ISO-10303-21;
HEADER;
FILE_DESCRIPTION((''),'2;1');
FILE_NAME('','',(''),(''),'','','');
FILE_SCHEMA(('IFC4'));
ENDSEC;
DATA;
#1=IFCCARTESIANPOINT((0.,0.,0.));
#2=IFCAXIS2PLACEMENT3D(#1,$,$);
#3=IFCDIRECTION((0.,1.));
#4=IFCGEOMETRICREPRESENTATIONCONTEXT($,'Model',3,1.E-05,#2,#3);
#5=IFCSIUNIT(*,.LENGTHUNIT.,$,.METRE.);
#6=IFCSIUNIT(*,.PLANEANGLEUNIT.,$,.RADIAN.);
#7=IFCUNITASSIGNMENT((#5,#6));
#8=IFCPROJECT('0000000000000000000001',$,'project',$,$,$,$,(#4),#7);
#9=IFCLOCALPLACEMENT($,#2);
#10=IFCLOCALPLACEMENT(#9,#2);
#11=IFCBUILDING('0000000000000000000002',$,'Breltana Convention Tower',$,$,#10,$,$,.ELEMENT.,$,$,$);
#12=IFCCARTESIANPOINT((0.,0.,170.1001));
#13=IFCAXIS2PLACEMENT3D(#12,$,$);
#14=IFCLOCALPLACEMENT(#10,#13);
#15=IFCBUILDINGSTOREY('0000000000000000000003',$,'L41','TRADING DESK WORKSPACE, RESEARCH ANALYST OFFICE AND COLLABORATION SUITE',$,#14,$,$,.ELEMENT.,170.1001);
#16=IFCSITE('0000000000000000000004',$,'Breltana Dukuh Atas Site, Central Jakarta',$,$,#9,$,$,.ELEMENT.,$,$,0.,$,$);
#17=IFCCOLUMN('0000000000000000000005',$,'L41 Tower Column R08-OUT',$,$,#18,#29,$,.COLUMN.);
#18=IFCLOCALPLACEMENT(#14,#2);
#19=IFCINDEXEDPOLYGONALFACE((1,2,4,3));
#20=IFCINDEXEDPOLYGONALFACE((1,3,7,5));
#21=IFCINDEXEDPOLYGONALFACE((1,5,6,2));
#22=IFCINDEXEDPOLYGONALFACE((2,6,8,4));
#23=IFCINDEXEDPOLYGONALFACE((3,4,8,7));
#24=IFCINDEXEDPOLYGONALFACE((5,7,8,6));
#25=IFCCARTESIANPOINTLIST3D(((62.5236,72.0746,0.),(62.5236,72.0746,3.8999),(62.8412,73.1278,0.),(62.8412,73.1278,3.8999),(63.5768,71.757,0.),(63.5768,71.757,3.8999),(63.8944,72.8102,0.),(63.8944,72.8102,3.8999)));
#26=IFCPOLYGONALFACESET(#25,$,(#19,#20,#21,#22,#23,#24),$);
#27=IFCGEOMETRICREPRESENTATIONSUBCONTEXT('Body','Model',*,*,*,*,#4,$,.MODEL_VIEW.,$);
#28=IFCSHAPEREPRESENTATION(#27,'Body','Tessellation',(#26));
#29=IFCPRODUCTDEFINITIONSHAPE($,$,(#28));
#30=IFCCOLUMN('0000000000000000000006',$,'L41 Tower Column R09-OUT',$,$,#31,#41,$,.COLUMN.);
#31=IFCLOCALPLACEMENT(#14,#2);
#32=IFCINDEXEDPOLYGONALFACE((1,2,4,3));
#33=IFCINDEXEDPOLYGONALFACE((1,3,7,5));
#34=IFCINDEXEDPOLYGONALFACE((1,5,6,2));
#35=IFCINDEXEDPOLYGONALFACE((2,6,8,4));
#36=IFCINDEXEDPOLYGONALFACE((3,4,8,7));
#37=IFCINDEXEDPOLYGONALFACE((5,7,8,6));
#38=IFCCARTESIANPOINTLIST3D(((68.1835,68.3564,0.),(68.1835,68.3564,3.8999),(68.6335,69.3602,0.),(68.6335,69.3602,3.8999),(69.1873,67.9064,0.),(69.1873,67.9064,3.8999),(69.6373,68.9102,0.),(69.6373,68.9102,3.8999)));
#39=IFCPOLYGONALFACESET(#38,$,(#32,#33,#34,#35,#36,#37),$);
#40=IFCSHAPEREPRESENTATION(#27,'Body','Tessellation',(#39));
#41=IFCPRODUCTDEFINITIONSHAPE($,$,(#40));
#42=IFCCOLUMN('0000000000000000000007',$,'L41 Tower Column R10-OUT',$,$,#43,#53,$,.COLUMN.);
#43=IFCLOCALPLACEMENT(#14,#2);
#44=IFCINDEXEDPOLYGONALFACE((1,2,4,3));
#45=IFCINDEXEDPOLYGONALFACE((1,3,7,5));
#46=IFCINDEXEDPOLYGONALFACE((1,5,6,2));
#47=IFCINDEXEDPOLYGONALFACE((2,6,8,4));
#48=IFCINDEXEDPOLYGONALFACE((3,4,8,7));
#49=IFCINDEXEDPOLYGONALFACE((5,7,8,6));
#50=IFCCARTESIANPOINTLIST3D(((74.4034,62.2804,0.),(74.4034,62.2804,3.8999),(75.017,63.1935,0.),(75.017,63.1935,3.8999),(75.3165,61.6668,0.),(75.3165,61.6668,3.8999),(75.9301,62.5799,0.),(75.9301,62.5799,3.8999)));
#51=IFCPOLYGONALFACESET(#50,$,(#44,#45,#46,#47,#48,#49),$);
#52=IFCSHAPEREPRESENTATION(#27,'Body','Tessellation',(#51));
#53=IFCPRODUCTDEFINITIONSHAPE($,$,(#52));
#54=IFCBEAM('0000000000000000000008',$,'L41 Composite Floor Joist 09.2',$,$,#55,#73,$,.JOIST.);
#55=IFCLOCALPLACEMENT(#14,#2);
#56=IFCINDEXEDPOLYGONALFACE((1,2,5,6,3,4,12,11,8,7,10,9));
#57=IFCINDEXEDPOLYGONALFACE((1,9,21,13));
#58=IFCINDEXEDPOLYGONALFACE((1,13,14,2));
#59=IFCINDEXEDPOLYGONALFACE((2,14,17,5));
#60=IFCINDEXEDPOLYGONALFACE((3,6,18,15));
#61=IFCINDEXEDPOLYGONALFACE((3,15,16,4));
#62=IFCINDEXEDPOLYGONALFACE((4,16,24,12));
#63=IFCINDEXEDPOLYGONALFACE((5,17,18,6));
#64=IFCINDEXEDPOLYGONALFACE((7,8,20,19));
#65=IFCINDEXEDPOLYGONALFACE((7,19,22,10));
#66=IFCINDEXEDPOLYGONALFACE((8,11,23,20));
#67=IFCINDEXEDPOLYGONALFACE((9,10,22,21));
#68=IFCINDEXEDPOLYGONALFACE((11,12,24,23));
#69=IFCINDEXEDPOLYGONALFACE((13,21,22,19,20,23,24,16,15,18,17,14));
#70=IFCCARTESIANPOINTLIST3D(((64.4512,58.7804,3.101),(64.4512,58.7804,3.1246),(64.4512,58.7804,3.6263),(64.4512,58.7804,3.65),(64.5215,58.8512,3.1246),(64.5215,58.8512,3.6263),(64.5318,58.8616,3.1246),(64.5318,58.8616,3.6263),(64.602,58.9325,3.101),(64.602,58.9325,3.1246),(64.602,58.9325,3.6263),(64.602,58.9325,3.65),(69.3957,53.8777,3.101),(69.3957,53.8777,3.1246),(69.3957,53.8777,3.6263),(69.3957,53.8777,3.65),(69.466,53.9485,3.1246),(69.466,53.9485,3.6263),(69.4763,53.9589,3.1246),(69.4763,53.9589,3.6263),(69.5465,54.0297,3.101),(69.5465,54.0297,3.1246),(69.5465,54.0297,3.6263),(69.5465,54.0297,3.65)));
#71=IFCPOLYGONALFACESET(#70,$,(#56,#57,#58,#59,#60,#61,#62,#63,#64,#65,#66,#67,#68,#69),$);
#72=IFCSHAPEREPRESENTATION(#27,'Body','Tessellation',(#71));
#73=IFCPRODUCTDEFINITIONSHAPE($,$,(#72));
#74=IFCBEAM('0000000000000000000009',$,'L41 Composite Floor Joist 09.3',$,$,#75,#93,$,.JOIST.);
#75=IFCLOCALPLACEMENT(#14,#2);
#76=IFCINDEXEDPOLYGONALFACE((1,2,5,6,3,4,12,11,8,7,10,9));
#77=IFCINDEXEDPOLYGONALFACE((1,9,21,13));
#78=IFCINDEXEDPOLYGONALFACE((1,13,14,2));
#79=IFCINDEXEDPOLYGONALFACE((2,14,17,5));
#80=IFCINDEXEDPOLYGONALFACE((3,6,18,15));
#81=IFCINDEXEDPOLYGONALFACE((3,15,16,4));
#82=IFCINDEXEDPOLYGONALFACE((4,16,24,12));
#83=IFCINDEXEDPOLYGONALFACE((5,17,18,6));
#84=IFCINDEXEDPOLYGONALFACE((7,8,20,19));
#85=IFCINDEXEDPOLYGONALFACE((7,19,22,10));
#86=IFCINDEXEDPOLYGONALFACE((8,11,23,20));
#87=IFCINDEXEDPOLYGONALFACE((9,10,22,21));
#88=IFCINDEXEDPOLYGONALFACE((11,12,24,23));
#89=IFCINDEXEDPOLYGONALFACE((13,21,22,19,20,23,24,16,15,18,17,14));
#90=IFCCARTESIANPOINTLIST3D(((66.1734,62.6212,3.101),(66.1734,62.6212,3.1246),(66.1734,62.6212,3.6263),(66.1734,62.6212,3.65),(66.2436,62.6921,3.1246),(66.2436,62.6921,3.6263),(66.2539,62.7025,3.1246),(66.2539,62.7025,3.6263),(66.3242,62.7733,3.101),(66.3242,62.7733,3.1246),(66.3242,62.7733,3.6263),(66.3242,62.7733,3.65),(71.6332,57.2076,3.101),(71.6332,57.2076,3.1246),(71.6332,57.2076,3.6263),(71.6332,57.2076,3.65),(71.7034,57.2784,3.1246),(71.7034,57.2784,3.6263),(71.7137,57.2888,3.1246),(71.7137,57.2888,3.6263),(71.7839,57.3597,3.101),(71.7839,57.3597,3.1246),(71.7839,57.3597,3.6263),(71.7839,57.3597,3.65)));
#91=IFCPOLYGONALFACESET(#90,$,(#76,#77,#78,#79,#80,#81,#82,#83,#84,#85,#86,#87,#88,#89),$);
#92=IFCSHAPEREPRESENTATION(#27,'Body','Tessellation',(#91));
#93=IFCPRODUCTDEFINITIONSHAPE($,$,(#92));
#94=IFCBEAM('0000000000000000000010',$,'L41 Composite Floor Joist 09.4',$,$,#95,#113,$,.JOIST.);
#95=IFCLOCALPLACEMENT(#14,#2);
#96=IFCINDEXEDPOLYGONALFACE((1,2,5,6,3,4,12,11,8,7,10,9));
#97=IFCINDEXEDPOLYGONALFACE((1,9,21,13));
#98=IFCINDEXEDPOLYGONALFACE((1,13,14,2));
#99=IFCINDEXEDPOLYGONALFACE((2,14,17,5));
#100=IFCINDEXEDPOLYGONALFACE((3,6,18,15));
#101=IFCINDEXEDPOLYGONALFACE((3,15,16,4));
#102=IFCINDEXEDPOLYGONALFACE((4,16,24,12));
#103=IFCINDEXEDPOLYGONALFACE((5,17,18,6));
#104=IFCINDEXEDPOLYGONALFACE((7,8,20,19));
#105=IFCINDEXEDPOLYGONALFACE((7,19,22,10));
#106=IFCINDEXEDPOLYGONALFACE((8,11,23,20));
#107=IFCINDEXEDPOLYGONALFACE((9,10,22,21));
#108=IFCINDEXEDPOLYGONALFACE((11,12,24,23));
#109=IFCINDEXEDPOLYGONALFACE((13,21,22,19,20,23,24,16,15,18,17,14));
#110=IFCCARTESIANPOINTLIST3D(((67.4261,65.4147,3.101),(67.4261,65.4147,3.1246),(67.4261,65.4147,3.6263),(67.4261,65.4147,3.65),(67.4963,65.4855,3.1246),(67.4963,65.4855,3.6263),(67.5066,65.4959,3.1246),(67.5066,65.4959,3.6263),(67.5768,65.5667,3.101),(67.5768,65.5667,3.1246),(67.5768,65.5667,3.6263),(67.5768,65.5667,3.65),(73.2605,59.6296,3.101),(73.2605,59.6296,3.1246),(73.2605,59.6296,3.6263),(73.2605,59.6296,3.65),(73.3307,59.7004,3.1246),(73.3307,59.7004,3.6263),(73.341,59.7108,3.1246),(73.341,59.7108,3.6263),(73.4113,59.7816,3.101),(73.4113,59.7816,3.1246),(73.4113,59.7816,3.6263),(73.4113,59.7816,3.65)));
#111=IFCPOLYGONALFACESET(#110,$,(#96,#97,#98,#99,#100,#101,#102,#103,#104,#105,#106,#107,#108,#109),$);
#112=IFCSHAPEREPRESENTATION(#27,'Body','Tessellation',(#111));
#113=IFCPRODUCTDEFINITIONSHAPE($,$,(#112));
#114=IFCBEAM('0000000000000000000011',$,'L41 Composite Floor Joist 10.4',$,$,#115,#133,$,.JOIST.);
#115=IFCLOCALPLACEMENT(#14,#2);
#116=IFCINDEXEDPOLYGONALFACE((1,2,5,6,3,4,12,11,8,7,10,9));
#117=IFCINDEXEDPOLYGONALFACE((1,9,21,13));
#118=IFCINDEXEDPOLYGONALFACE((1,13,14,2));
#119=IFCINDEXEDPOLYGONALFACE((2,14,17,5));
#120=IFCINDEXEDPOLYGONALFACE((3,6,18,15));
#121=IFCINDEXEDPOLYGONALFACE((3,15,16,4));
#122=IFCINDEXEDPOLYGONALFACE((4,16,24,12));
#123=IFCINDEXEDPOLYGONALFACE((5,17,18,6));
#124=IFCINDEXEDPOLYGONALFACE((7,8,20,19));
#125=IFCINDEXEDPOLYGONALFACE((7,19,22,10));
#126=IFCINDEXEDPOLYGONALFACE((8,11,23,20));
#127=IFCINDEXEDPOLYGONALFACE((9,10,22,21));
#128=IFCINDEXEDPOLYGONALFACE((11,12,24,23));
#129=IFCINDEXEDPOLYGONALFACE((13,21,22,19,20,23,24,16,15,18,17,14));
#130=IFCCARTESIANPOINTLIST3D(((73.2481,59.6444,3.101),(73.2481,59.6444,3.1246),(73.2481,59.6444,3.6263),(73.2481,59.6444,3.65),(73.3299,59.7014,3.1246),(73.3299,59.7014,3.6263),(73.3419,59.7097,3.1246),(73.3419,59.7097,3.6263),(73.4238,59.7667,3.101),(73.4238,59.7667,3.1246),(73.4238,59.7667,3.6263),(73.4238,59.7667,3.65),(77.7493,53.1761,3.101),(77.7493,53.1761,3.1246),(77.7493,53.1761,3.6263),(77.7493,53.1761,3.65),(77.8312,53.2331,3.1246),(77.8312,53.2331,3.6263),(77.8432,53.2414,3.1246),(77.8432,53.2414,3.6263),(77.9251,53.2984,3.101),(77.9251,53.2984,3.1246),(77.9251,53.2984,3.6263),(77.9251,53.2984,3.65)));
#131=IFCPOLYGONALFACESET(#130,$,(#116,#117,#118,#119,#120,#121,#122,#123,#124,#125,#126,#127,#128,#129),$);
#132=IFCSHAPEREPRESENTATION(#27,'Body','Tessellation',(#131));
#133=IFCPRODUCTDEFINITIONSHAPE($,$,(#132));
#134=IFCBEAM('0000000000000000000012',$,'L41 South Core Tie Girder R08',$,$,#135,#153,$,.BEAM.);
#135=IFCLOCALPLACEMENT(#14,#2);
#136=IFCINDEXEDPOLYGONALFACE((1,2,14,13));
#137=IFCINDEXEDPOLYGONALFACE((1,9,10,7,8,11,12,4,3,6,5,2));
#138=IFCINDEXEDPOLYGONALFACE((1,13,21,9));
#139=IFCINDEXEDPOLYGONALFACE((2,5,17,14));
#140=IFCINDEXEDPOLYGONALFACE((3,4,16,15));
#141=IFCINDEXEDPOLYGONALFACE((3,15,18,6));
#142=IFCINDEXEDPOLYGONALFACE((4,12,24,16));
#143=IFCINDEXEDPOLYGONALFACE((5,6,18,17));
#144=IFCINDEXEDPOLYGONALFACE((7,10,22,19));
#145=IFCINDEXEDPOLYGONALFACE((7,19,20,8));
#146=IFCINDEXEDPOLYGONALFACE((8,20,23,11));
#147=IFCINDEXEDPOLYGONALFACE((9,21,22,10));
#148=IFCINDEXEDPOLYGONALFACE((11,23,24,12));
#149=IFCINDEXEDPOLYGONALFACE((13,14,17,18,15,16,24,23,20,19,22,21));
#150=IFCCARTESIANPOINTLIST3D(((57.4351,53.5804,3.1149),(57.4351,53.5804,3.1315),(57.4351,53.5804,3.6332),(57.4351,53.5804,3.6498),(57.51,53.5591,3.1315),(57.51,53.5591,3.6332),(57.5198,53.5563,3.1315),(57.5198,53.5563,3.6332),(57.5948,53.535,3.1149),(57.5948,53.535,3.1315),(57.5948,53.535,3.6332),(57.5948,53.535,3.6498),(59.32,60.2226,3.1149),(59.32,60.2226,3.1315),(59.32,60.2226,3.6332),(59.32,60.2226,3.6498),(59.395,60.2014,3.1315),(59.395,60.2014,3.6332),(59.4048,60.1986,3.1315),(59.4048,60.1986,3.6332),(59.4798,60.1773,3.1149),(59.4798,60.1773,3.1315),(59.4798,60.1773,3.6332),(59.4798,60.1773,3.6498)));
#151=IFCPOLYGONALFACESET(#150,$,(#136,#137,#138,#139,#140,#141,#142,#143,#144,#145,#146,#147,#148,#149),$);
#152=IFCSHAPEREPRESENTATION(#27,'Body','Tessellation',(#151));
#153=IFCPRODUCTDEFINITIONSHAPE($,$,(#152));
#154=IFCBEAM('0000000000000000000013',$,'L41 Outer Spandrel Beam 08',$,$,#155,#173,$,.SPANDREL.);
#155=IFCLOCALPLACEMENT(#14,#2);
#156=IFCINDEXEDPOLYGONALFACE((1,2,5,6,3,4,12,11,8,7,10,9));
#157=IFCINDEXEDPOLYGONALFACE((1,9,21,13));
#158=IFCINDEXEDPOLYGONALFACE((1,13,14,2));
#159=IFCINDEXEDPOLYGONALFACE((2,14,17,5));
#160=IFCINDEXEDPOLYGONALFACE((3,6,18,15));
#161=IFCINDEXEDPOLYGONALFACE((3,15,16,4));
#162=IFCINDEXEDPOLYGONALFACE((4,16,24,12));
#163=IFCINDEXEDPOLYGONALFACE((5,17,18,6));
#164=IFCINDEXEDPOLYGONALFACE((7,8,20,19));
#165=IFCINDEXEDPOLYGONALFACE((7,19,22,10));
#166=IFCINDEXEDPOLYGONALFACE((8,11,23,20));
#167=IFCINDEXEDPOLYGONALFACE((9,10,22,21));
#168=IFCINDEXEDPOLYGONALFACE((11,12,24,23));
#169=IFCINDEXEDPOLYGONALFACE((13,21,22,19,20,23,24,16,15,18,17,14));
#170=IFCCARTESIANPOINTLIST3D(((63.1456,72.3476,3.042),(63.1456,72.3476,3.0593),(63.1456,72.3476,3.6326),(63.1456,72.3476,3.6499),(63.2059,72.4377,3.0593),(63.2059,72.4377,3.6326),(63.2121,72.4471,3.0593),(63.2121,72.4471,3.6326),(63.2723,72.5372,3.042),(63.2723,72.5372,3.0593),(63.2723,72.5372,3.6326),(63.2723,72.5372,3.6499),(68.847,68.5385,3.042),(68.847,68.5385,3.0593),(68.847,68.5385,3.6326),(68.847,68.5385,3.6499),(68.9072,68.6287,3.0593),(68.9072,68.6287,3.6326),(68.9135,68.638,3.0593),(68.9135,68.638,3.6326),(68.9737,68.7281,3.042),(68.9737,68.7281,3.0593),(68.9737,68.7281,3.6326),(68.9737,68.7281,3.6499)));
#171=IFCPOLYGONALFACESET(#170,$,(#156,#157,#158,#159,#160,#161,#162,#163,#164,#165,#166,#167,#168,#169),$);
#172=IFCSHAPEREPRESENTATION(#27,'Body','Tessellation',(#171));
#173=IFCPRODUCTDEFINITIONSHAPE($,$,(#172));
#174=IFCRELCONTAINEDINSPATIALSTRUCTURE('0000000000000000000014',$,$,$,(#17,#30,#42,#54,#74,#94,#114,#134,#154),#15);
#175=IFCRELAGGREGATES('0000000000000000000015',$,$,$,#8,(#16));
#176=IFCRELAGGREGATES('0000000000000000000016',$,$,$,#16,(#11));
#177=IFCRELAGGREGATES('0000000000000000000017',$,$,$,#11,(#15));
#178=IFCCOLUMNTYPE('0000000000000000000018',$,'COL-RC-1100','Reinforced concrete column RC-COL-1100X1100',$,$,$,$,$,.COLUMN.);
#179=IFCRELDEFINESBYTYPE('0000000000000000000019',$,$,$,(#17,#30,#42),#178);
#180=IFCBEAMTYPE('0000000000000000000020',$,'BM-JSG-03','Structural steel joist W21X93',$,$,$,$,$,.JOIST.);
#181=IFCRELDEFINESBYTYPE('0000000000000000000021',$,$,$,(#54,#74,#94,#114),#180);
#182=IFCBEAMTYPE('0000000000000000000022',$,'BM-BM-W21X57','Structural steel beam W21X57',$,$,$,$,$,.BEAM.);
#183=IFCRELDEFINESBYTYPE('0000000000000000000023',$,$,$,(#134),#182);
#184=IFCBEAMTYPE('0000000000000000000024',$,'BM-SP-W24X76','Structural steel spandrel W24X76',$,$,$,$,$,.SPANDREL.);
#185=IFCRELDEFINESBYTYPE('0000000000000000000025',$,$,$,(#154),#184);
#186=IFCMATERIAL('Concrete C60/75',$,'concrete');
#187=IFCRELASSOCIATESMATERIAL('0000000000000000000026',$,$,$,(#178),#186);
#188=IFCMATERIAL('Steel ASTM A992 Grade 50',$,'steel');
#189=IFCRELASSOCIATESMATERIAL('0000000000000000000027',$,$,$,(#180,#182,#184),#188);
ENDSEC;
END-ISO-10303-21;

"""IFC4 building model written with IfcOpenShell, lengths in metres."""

from ifc_helpers import new_model, si_unit, direction, frame, origin, origin_2d, place, context, subcontext, project, spatial, rectangle, i_section, extrude, source, transform, mapped, material, material_profile, profile_set, type_object, type_shapes, element, save


model = new_model("IFC4")

# Units and contexts
model_context = context("Model", 3, precision=1e-05, world=origin(), true_north=direction((0.0, 1.0)))
body_context = subcontext(model_context, "Body", "Model", "MODEL_VIEW")
ifc_project = project(units=[si_unit("LENGTHUNIT", "METRE"), si_unit("PLANEANGLEUNIT", "RADIAN")], contexts=[model_context])

# Site, building, storey
site_placement = place(None, origin())
site = spatial("IfcSite", under=ifc_project, at=site_placement, Name="Breltana Dukuh Atas Site, Central Jakarta", CompositionType="ELEMENT", RefElevation=0.0)
building_placement = place(site_placement, origin())
building = spatial("IfcBuilding", under=site, at=building_placement, Name="Breltana Convention Tower", CompositionType="ELEMENT")
storey_placement = place(building_placement, frame((0.0, 0.0, 170.1001)))
storey = spatial("IfcBuildingStorey", under=building, at=storey_placement, Name="L41", Description="TRADING DESK WORKSPACE, RESEARCH ANALYST OFFICE AND COLLABORATION SUITE", CompositionType="ELEMENT", Elevation=170.1001)

# Columns
ifc_material_1 = material(Name="Concrete C60/75", Category="concrete")
ifc_material_profile_1 = material_profile(ifc_material_1, rectangle(XDim=1.1001, YDim=1.1001, at=origin_2d()), Name="RC-COL-1100X1100")
ifc_profile_set_1 = profile_set([ifc_material_profile_1], Name="Concrete C60/75")
column_type = type_object("IfcColumnType", Name="COL-RC-1100", Description="Reinforced concrete column RC-COL-1100X1100", PredefinedType="COLUMN", material=ifc_profile_set_1)
shared_shape_1 = source(origin(), body_context, "Body", "SweptSolid", [
    extrude(rectangle(XDim=1.1001, YDim=1.1001, at=origin_2d()), origin(), (0.0, 0.0, 1.0), 3.8999),
])
for number, where, z_axis, x_axis, name in (
    (1, (63.209, 72.4424, 0.0), (0.0, 0.0, 1.0), (0.288698, 0.95742, 0.0), "L41 Tower Column R08-OUT"),
    (2, (68.9104, 68.6333, 0.0), (0.0, 0.0, 1.0), (0.409127, 0.912477, 0.0), "L41 Tower Column R09-OUT"),
    (3, (75.1667, 62.4302, 0.0), (0.0, 0.0, 1.0), (0.557745, 0.830012, 0.0), "L41 Tower Column R10-OUT"),
):
    element("IfcColumn", number, at=place(storey_placement, frame(where, z_axis=z_axis, x_axis=x_axis)), inside=storey, type_object=column_type, Name=name, PredefinedType="COLUMN", context=body_context, shape_type="MappedRepresentation", body=[
        mapped(shared_shape_1, transform((0.0, 0.0, 0.0), scale=1.0)),
    ])

# Beams
ifc_material_2 = material(Name="Steel ASTM A992 Grade 50", Category="steel")
ifc_material_profile_2 = material_profile(ifc_material_2, i_section(OverallWidth=0.2141, OverallDepth=0.5491, WebThickness=0.0146, FlangeThickness=0.0237, at=origin_2d()), Name="W21X93")
ifc_profile_set_2 = profile_set([ifc_material_profile_2], Name="Steel ASTM A992 Grade 50")
beam_type_1 = type_object("IfcBeamType", Name="BM-JSG-03", Description="Structural steel joist W21X93", PredefinedType="JOIST", material=ifc_profile_set_2)
shared_shape_2 = source(origin(), body_context, "Body", "SweptSolid", [
    extrude(i_section(OverallWidth=0.2141, OverallDepth=0.5491, WebThickness=0.0146, FlangeThickness=0.0237, at=origin_2d()), origin(), (0.0, 0.0, 1.0), 6.9631),
])
beam_1_placement = place(storey_placement, frame((64.5266, 58.8564, 3.3755), z_axis=(0.710098, -0.704103, 0.0), x_axis=(0.704103, 0.710098, 0.0)))
element("IfcBeam", 4, at=beam_1_placement, inside=storey, type_object=beam_type_1, Name="L41 Composite Floor Joist 09.2", PredefinedType="JOIST", context=body_context, shape_type="MappedRepresentation", body=[
    mapped(shared_shape_2, transform((0.0, 0.0, 0.0), scale=1.0)),
])
shared_shape_3 = source(origin(), body_context, "Body", "SweptSolid", [
    extrude(i_section(OverallWidth=0.2141, OverallDepth=0.5491, WebThickness=0.0146, FlangeThickness=0.0237, at=origin_2d()), origin(), (0.0, 0.0, 1.0), 7.6887),
])
beam_2_placement = place(storey_placement, frame((66.2488, 62.6973, 3.3755), z_axis=(0.710101, -0.7041, 0.0), x_axis=(0.7041, 0.710101, 0.0)))
element("IfcBeam", 5, at=beam_2_placement, inside=storey, type_object=beam_type_1, Name="L41 Composite Floor Joist 09.3", PredefinedType="JOIST", context=body_context, shape_type="MappedRepresentation", body=[
    mapped(shared_shape_3, transform((0.0, 0.0, 0.0), scale=1.0)),
])
shared_shape_4 = source(origin(), body_context, "Body", "SweptSolid", [
    extrude(i_section(OverallWidth=0.2141, OverallDepth=0.5491, WebThickness=0.0146, FlangeThickness=0.0237, at=origin_2d()), origin(), (0.0, 0.0, 1.0), 8.2163),
])
beam_3_placement = place(storey_placement, frame((67.5015, 65.4907, 3.3755), z_axis=(0.710102, -0.704099, 0.0), x_axis=(0.704099, 0.710102, 0.0)))
element("IfcBeam", 6, at=beam_3_placement, inside=storey, type_object=beam_type_1, Name="L41 Composite Floor Joist 09.4", PredefinedType="JOIST", context=body_context, shape_type="MappedRepresentation", body=[
    mapped(shared_shape_4, transform((0.0, 0.0, 0.0), scale=1.0)),
])
shared_shape_5 = source(origin(), body_context, "Body", "SweptSolid", [
    extrude(i_section(OverallWidth=0.2141, OverallDepth=0.5491, WebThickness=0.0146, FlangeThickness=0.0237, at=origin_2d()), origin(), (0.0, 0.0, 1.0), 7.8804),
])
beam_4_placement = place(storey_placement, frame((73.3359, 59.7056, 3.3755), z_axis=(0.571198, -0.820812, 0.0), x_axis=(0.820812, 0.571198, 0.0)))
element("IfcBeam", 7, at=beam_4_placement, inside=storey, type_object=beam_type_1, Name="L41 Composite Floor Joist 10.4", PredefinedType="JOIST", context=body_context, shape_type="MappedRepresentation", body=[
    mapped(shared_shape_5, transform((0.0, 0.0, 0.0), scale=1.0)),
])
ifc_material_profile_3 = material_profile(ifc_material_2, i_section(OverallWidth=0.166, OverallDepth=0.5349, WebThickness=0.0103, FlangeThickness=0.0166, at=origin_2d()), Name="W21X57")
ifc_profile_set_3 = profile_set([ifc_material_profile_3], Name="Steel ASTM A992 Grade 50")
beam_type_2 = type_object("IfcBeamType", Name="BM-BM-W21X57", Description="Structural steel beam W21X57", PredefinedType="BEAM", material=ifc_profile_set_3)
shared_shape_6 = source(origin(), body_context, "Body", "SweptSolid", [
    extrude(i_section(OverallWidth=0.166, OverallDepth=0.5349, WebThickness=0.0103, FlangeThickness=0.0166, at=origin_2d()), origin(), (0.0, 0.0, 1.0), 6.9045),
])
type_shapes(beam_type_2, [shared_shape_6])
beam_5_placement = place(storey_placement, frame((59.3999, 60.2, 3.3823), z_axis=(-0.273007, -0.962012, 0.0), x_axis=(0.962012, -0.273007, 0.0)))
element("IfcBeam", 8, at=beam_5_placement, inside=storey, type_object=beam_type_2, Name="L41 South Core Tie Girder R08", PredefinedType="BEAM", context=body_context, shape_type="MappedRepresentation", body=[
    mapped(shared_shape_6, transform((0.0, 0.0, 0.0), scale=1.0)),
])
ifc_material_profile_4 = material_profile(ifc_material_2, i_section(OverallWidth=0.228, OverallDepth=0.6079, WebThickness=0.0112, FlangeThickness=0.0173, at=origin_2d()), Name="W24X76")
ifc_profile_set_4 = profile_set([ifc_material_profile_4], Name="Steel ASTM A992 Grade 50")
beam_type_3 = type_object("IfcBeamType", Name="BM-SP-W24X76", Description="Structural steel spandrel W24X76", PredefinedType="SPANDREL", material=ifc_profile_set_4)
shared_shape_7 = source(origin(), body_context, "Body", "SweptSolid", [
    extrude(i_section(OverallWidth=0.228, OverallDepth=0.6079, WebThickness=0.0112, FlangeThickness=0.0173, at=origin_2d()), origin(), (0.0, 0.0, 1.0), 6.8567),
])
beam_6_placement = place(storey_placement, frame((63.209, 72.4424, 3.3459), z_axis=(0.831502, -0.555522, 0.0), x_axis=(0.555522, 0.831502, 0.0)))
element("IfcBeam", 9, at=beam_6_placement, inside=storey, type_object=beam_type_3, Name="L41 Outer Spandrel Beam 08", PredefinedType="SPANDREL", context=body_context, shape_type="MappedRepresentation", body=[
    mapped(shared_shape_7, transform((0.0, 0.0, 0.0), scale=1.0)),
])

save(model, "model.ifc")
